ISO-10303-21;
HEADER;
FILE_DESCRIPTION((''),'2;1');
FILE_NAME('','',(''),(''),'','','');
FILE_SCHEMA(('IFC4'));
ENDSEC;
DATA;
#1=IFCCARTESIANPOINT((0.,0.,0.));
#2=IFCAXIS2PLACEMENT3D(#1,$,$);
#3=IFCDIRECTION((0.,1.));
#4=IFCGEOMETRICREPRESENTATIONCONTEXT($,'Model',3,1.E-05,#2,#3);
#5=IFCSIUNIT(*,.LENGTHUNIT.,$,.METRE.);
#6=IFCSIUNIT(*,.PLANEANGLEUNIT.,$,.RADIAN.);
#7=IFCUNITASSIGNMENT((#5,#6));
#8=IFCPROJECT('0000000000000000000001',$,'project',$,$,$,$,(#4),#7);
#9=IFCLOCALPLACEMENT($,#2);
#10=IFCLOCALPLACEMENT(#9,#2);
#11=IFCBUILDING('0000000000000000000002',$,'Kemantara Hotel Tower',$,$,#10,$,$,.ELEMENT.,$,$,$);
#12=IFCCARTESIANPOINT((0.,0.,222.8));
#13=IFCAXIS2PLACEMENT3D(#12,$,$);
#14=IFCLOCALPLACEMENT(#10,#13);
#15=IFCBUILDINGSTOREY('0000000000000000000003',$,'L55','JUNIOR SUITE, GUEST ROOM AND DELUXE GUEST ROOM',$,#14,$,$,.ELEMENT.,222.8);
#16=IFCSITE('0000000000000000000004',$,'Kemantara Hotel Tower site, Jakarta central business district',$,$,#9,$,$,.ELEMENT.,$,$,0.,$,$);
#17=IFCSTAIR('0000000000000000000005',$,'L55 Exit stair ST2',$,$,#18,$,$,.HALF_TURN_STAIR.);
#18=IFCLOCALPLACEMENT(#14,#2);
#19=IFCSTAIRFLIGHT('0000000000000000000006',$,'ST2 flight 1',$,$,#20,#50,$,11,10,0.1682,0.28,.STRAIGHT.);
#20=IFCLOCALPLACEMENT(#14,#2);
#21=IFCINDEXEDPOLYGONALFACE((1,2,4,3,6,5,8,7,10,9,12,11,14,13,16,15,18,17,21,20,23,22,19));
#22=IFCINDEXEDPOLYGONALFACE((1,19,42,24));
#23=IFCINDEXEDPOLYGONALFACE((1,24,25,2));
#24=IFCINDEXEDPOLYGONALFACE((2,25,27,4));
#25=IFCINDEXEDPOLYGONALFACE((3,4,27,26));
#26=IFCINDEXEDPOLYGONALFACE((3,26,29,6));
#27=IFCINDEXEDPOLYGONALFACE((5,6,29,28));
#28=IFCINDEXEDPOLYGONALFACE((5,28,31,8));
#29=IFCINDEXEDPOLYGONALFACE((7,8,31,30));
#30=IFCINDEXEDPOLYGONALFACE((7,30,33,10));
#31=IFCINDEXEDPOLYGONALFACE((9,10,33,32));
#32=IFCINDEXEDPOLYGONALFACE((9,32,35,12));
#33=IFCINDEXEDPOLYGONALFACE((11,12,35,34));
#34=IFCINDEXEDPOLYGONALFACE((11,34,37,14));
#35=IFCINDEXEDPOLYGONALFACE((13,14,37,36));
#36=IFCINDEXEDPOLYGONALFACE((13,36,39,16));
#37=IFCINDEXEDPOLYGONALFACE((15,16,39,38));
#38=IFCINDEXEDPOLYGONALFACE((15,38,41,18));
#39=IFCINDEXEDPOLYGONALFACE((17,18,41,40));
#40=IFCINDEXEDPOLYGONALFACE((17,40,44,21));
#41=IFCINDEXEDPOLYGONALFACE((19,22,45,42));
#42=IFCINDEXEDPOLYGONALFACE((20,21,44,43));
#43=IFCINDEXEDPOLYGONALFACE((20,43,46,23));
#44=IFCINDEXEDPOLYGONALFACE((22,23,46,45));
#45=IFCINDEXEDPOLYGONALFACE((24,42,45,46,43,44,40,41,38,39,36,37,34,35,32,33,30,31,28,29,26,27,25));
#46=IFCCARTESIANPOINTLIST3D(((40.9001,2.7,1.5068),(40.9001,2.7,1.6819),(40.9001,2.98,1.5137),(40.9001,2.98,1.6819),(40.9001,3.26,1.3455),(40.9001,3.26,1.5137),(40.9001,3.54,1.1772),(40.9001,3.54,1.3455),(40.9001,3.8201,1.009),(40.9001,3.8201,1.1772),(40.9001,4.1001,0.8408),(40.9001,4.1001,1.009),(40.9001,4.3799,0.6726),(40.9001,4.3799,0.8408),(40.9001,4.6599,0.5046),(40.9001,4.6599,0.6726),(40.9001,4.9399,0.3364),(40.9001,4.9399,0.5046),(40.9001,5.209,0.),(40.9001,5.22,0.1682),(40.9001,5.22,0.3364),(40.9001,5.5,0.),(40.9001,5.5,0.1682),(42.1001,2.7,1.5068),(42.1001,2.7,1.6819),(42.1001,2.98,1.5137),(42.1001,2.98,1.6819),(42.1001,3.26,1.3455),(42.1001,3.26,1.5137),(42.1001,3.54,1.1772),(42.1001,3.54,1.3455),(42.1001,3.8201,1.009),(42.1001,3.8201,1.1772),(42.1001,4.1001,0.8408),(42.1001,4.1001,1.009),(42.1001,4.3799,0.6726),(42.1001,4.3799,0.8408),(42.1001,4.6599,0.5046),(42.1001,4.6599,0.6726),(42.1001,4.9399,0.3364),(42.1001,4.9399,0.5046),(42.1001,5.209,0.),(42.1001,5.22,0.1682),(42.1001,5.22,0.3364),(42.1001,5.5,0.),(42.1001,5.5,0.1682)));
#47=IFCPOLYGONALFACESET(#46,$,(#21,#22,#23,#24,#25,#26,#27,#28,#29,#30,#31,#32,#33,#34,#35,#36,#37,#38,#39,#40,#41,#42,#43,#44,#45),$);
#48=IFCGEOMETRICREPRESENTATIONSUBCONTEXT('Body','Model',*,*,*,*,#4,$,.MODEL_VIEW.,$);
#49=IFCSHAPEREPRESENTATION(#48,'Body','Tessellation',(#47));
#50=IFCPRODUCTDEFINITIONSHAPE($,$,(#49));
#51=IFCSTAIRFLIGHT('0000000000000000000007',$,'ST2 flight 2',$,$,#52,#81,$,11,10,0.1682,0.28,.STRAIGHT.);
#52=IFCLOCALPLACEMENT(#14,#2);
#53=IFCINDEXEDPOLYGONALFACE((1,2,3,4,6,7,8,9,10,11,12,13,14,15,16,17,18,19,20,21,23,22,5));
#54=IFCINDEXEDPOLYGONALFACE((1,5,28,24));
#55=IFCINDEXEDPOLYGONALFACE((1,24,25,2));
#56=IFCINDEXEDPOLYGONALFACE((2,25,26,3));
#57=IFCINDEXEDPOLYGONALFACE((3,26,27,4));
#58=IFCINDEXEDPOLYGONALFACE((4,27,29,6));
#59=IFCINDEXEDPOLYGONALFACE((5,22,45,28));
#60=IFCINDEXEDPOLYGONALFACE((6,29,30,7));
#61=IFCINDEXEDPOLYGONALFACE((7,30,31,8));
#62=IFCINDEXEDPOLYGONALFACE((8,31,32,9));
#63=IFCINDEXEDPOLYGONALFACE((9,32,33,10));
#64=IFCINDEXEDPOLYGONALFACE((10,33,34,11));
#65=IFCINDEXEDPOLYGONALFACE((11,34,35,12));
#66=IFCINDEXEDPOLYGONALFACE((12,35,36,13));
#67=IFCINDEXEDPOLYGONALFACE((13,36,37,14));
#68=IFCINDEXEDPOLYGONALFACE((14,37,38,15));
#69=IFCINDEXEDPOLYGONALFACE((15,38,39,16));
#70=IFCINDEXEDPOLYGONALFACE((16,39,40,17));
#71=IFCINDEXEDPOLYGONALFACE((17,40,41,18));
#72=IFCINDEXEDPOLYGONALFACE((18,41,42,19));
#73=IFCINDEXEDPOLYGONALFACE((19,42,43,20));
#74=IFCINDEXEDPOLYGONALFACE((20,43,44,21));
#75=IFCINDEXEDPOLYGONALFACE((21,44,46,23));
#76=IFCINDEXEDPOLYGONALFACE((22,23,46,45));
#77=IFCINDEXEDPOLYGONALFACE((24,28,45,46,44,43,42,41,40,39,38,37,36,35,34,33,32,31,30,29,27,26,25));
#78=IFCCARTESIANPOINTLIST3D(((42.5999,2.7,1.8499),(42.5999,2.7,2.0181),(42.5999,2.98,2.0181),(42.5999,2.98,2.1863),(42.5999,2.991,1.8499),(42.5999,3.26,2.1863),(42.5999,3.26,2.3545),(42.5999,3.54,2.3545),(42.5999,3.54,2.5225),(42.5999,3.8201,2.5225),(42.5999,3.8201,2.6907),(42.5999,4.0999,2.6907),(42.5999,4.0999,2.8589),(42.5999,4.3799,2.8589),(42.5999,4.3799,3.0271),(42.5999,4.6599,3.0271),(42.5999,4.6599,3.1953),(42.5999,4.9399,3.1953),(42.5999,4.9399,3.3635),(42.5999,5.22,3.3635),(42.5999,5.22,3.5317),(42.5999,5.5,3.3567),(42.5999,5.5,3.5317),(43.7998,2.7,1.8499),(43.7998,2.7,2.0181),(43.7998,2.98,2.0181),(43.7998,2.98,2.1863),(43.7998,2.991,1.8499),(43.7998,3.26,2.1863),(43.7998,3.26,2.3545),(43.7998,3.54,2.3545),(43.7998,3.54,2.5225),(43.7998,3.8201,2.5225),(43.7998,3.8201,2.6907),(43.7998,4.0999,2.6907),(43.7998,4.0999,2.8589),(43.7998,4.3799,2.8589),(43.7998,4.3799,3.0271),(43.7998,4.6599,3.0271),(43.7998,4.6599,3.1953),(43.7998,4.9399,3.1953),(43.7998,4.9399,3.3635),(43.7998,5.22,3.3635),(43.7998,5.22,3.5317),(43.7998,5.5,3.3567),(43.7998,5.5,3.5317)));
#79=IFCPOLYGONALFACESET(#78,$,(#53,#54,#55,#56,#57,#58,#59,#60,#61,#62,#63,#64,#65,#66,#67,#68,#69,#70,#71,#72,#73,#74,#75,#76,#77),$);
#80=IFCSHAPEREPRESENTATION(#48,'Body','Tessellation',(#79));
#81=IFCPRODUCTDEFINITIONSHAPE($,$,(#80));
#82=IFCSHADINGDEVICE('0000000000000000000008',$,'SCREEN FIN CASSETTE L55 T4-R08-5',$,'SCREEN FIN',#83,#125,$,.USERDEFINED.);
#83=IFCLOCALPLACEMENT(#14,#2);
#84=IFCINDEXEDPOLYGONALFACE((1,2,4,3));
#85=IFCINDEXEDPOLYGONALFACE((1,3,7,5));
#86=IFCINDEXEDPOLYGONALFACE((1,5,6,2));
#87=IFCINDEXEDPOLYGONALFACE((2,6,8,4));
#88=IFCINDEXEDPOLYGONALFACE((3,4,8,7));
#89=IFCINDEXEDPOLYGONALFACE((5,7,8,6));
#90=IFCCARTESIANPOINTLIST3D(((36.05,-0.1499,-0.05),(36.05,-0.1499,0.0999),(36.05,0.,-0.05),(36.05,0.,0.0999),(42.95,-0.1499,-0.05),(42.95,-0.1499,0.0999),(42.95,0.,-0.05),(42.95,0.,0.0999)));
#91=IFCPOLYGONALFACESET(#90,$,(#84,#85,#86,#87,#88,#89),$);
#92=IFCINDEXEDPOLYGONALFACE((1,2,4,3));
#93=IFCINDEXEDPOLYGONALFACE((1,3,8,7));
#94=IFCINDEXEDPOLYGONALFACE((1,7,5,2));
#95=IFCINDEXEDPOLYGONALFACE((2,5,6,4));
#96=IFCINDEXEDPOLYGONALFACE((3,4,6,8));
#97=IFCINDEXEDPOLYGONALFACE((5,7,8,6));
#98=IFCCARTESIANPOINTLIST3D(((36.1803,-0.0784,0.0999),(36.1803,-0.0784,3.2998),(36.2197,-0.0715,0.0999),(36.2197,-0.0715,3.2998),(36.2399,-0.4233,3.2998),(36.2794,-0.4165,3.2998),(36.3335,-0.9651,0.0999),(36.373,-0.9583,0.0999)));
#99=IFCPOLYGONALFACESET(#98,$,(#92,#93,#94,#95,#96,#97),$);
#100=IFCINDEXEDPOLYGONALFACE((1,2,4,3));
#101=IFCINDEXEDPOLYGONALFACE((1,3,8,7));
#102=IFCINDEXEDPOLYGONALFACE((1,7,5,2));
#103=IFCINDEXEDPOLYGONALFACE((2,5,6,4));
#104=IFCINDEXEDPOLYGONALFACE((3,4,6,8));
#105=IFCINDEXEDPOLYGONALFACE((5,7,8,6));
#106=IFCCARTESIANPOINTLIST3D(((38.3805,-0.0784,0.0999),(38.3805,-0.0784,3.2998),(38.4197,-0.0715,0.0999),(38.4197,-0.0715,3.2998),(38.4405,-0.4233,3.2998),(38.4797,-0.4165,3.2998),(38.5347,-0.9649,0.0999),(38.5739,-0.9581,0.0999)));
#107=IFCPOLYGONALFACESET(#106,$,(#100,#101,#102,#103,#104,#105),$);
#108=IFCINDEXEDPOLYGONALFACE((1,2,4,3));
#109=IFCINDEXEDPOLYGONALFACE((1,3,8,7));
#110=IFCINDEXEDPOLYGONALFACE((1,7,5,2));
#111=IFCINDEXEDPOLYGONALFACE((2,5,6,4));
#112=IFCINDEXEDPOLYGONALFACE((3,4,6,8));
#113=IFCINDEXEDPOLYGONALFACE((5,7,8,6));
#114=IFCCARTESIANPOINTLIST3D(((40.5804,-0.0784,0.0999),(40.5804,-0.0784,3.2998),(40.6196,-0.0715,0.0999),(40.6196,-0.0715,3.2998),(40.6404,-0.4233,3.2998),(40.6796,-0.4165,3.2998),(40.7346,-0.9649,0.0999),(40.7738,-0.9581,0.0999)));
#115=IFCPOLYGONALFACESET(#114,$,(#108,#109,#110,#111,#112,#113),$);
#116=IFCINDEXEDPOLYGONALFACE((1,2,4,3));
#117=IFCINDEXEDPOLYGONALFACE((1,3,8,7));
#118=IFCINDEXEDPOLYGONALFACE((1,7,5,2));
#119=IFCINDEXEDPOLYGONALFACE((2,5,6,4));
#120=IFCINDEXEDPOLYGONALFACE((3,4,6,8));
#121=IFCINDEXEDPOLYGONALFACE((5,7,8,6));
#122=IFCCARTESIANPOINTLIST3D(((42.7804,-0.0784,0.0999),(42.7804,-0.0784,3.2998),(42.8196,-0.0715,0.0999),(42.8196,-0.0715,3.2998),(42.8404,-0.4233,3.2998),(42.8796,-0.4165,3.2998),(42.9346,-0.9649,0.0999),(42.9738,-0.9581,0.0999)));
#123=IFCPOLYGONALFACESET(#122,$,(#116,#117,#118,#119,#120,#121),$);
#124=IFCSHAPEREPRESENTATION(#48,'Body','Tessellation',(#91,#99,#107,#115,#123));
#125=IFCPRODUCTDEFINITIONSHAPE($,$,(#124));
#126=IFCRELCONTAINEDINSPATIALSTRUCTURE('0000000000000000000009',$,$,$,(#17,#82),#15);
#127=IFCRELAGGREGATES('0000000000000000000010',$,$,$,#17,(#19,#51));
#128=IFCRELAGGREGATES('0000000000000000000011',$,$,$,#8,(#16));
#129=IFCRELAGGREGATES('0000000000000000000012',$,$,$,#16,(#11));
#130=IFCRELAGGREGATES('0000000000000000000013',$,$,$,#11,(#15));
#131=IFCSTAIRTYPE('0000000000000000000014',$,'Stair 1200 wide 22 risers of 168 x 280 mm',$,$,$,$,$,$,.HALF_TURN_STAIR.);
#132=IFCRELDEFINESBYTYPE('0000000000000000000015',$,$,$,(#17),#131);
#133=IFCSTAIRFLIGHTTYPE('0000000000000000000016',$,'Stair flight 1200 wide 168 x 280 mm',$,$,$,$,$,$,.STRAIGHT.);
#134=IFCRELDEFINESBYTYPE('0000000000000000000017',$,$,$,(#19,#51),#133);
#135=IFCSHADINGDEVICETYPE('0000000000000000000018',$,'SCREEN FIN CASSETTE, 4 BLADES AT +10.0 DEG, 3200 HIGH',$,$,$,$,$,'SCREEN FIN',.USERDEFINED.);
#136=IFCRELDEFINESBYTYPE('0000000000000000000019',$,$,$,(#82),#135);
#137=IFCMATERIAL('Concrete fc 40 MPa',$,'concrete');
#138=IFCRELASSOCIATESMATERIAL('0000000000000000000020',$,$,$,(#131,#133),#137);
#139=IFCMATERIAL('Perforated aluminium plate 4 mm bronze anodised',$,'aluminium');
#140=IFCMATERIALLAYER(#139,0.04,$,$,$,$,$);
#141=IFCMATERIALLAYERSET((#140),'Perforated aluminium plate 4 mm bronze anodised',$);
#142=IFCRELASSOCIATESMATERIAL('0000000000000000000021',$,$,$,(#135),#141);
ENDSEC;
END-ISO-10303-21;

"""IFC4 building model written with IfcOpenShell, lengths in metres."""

from ifc_helpers import new_model, si_unit, direction, frame, origin, origin_2d, place, context, subcontext, project, spatial, polyline, rectangle, outline, extrude, source, transform, mapped, material, layer, layer_set, type_object, element, aggregate, save


model = new_model("IFC4")

# Units and contexts
model_context = context("Model", 3, precision=1e-05, world=origin(), true_north=direction((0.0, 1.0)))
body_context = subcontext(model_context, "Body", "Model", "MODEL_VIEW")
ifc_project = project(units=[si_unit("LENGTHUNIT", "METRE"), si_unit("PLANEANGLEUNIT", "RADIAN")], contexts=[model_context])

# Site, building, storey
site_placement = place(None, origin())
site = spatial("IfcSite", under=ifc_project, at=site_placement, Name="Kemantara Hotel Tower site, Jakarta central business district", CompositionType="ELEMENT", RefElevation=0.0)
building_placement = place(site_placement, origin())
building = spatial("IfcBuilding", under=site, at=building_placement, Name="Kemantara Hotel Tower", CompositionType="ELEMENT")
storey_placement = place(building_placement, frame((0.0, 0.0, 222.8)))
storey = spatial("IfcBuildingStorey", under=building, at=storey_placement, Name="L55", Description="JUNIOR SUITE, GUEST ROOM AND DELUXE GUEST ROOM", CompositionType="ELEMENT", Elevation=222.8)

# Stair, stair flights
ifc_material_1 = material(Name="Concrete fc 40 MPa", Category="concrete")
stair_type = type_object("IfcStairType", Name="Stair 1200 wide 22 risers of 168 x 280 mm", PredefinedType="HALF_TURN_STAIR", material=ifc_material_1)
stair_placement = place(storey_placement, origin())
stair = element("IfcStair", 1, at=stair_placement, inside=storey, type_object=stair_type, Name="L55 Exit stair ST2", PredefinedType="HALF_TURN_STAIR")
stair_flight_type = type_object("IfcStairFlightType", Name="Stair flight 1200 wide 168 x 280 mm", PredefinedType="STRAIGHT", material=ifc_material_1)
stair_flight_1_placement = place(storey_placement, frame((41.5, 5.5, 0.0), z_axis=(0.0, 0.0, 1.0), x_axis=(0.0, -1.0, 0.0)))
stair_flight_1 = element("IfcStairFlight", 2, at=stair_flight_1_placement, type_object=stair_flight_type, Name="ST2 flight 1", NumberOfRisers=11, NumberOfTreads=10, PredefinedType="STRAIGHT", RiserHeight=0.1682, TreadLength=0.28, context=body_context, shape_type="SweptSolid", body=[
    extrude(outline(polyline([(0.0, 0.0), (0.0, 0.1682), (0.28, 0.1682), (0.28, 0.3364), (0.5601, 0.3364), (0.5601, 0.5046), (0.8401, 0.5046), (0.8401, 0.6726), (1.1201, 0.6726), (1.1201, 0.8408), (1.3999, 0.8408), (1.3999, 1.009), (1.6799, 1.009), (1.6799, 1.1772), (1.96, 1.1772), (1.96, 1.3455), (2.24, 1.3455), (2.24, 1.5137), (2.52, 1.5137), (2.52, 1.6819), (2.8, 1.6819), (2.8, 1.8501), (2.8, 1.5068), (0.291, 0.0), (0.0, 0.0)])), frame((0.0, 0.6001, 0.0), z_axis=(0.0, -1.0, 0.0), x_axis=(1.0, 0.0, 0.0)), (0.0, 0.0, 1.0), 1.2),
])
stair_flight_2_placement = place(storey_placement, frame((43.2, 2.7, 1.8499), z_axis=(0.0, 0.0, 1.0), x_axis=(0.0, 1.0, 0.0)))
stair_flight_2 = element("IfcStairFlight", 3, at=stair_flight_2_placement, type_object=stair_flight_type, Name="ST2 flight 2", NumberOfRisers=11, NumberOfTreads=10, PredefinedType="STRAIGHT", RiserHeight=0.1682, TreadLength=0.28, context=body_context, shape_type="SweptSolid", body=[
    extrude(outline(polyline([(0.0, 0.0), (0.0, 0.1682), (0.28, 0.1682), (0.28, 0.3364), (0.5601, 0.3364), (0.5601, 0.5046), (0.8401, 0.5046), (0.8401, 0.6726), (1.1201, 0.6726), (1.1201, 0.8408), (1.3999, 0.8408), (1.3999, 1.009), (1.6799, 1.009), (1.6799, 1.1772), (1.96, 1.1772), (1.96, 1.3455), (2.24, 1.3455), (2.24, 1.5137), (2.52, 1.5137), (2.52, 1.6819), (2.8, 1.6819), (2.8, 1.8501), (2.8, 1.5068), (0.291, 0.0), (0.0, 0.0)])), frame((0.0, 0.6001, 0.0), z_axis=(0.0, -1.0, 0.0), x_axis=(1.0, 0.0, 0.0)), (0.0, 0.0, 1.0), 1.2),
])
aggregate(stair, [stair_flight_1, stair_flight_2])

# Shading device
ifc_material_2 = material(Name="Perforated aluminium plate 4 mm bronze anodised", Category="aluminium")
ifc_layer_1 = layer(ifc_material_2, 0.04)
ifc_layer_set_1 = layer_set([ifc_layer_1], Name="Perforated aluminium plate 4 mm bronze anodised")
shading_device_type = type_object("IfcShadingDeviceType", Name="SCREEN FIN CASSETTE, 4 BLADES AT +10.0 DEG, 3200 HIGH", ElementType="SCREEN FIN", PredefinedType="USERDEFINED", material=ifc_layer_set_1)
shared_shape = source(origin(), body_context, "Body", "SweptSolid", [
    extrude(rectangle(XDim=6.8999, YDim=0.1499, at=origin_2d()), frame((3.3, -0.075, -0.1499), z_axis=(0.0, 0.0, 1.0), x_axis=(1.0, 0.0, 0.0)), (0.0, 0.0, 1.0), 0.1499),
    extrude(outline(polyline([(0.0, 0.0), (0.8999, 0.0), (0.3501, 3.2), (0.0, 3.2), (0.0, 0.0)])), frame((0.0198, -0.0715, 0.0), z_axis=(-0.98539, -0.170314, 0.0), x_axis=(0.170314, -0.98539, 0.0)), (0.0, 0.0, 1.0), 0.04),
    extrude(outline(polyline([(0.0, 0.0), (0.8999, 0.0), (0.3501, 3.2), (0.0, 3.2), (0.0, 0.0)])), frame((2.2197, -0.0715, 0.0), z_axis=(-0.985212, -0.171341, 0.0), x_axis=(0.171341, -0.985212, 0.0)), (0.0, 0.0, 1.0), 0.0398),
    extrude(outline(polyline([(0.0, 0.0), (0.8999, 0.0), (0.3501, 3.2), (0.0, 3.2), (0.0, 0.0)])), frame((4.4197, -0.0715, 0.0), z_axis=(-0.985212, -0.171341, 0.0), x_axis=(0.171341, -0.985212, 0.0)), (0.0, 0.0, 1.0), 0.0398),
    extrude(outline(polyline([(0.0, 0.0), (0.8999, 0.0), (0.3501, 3.2), (0.0, 3.2), (0.0, 0.0)])), frame((6.6196, -0.0715, 0.0), z_axis=(-0.985212, -0.171341, 0.0), x_axis=(0.171341, -0.985212, 0.0)), (0.0, 0.0, 1.0), 0.0398),
])
shading_device_placement = place(storey_placement, frame((36.2, 0.0, 0.0999), z_axis=(0.0, 0.0, 1.0), x_axis=(1.0, 0.0, 0.0)))
element("IfcShadingDevice", 4, at=shading_device_placement, inside=storey, type_object=shading_device_type, Name="SCREEN FIN CASSETTE L55 T4-R08-5", ObjectType="SCREEN FIN", PredefinedType="USERDEFINED", context=body_context, shape_type="MappedRepresentation", body=[
    mapped(shared_shape, transform((0.0, 0.0, 0.0))),
])

save(model, "model.ifc")
